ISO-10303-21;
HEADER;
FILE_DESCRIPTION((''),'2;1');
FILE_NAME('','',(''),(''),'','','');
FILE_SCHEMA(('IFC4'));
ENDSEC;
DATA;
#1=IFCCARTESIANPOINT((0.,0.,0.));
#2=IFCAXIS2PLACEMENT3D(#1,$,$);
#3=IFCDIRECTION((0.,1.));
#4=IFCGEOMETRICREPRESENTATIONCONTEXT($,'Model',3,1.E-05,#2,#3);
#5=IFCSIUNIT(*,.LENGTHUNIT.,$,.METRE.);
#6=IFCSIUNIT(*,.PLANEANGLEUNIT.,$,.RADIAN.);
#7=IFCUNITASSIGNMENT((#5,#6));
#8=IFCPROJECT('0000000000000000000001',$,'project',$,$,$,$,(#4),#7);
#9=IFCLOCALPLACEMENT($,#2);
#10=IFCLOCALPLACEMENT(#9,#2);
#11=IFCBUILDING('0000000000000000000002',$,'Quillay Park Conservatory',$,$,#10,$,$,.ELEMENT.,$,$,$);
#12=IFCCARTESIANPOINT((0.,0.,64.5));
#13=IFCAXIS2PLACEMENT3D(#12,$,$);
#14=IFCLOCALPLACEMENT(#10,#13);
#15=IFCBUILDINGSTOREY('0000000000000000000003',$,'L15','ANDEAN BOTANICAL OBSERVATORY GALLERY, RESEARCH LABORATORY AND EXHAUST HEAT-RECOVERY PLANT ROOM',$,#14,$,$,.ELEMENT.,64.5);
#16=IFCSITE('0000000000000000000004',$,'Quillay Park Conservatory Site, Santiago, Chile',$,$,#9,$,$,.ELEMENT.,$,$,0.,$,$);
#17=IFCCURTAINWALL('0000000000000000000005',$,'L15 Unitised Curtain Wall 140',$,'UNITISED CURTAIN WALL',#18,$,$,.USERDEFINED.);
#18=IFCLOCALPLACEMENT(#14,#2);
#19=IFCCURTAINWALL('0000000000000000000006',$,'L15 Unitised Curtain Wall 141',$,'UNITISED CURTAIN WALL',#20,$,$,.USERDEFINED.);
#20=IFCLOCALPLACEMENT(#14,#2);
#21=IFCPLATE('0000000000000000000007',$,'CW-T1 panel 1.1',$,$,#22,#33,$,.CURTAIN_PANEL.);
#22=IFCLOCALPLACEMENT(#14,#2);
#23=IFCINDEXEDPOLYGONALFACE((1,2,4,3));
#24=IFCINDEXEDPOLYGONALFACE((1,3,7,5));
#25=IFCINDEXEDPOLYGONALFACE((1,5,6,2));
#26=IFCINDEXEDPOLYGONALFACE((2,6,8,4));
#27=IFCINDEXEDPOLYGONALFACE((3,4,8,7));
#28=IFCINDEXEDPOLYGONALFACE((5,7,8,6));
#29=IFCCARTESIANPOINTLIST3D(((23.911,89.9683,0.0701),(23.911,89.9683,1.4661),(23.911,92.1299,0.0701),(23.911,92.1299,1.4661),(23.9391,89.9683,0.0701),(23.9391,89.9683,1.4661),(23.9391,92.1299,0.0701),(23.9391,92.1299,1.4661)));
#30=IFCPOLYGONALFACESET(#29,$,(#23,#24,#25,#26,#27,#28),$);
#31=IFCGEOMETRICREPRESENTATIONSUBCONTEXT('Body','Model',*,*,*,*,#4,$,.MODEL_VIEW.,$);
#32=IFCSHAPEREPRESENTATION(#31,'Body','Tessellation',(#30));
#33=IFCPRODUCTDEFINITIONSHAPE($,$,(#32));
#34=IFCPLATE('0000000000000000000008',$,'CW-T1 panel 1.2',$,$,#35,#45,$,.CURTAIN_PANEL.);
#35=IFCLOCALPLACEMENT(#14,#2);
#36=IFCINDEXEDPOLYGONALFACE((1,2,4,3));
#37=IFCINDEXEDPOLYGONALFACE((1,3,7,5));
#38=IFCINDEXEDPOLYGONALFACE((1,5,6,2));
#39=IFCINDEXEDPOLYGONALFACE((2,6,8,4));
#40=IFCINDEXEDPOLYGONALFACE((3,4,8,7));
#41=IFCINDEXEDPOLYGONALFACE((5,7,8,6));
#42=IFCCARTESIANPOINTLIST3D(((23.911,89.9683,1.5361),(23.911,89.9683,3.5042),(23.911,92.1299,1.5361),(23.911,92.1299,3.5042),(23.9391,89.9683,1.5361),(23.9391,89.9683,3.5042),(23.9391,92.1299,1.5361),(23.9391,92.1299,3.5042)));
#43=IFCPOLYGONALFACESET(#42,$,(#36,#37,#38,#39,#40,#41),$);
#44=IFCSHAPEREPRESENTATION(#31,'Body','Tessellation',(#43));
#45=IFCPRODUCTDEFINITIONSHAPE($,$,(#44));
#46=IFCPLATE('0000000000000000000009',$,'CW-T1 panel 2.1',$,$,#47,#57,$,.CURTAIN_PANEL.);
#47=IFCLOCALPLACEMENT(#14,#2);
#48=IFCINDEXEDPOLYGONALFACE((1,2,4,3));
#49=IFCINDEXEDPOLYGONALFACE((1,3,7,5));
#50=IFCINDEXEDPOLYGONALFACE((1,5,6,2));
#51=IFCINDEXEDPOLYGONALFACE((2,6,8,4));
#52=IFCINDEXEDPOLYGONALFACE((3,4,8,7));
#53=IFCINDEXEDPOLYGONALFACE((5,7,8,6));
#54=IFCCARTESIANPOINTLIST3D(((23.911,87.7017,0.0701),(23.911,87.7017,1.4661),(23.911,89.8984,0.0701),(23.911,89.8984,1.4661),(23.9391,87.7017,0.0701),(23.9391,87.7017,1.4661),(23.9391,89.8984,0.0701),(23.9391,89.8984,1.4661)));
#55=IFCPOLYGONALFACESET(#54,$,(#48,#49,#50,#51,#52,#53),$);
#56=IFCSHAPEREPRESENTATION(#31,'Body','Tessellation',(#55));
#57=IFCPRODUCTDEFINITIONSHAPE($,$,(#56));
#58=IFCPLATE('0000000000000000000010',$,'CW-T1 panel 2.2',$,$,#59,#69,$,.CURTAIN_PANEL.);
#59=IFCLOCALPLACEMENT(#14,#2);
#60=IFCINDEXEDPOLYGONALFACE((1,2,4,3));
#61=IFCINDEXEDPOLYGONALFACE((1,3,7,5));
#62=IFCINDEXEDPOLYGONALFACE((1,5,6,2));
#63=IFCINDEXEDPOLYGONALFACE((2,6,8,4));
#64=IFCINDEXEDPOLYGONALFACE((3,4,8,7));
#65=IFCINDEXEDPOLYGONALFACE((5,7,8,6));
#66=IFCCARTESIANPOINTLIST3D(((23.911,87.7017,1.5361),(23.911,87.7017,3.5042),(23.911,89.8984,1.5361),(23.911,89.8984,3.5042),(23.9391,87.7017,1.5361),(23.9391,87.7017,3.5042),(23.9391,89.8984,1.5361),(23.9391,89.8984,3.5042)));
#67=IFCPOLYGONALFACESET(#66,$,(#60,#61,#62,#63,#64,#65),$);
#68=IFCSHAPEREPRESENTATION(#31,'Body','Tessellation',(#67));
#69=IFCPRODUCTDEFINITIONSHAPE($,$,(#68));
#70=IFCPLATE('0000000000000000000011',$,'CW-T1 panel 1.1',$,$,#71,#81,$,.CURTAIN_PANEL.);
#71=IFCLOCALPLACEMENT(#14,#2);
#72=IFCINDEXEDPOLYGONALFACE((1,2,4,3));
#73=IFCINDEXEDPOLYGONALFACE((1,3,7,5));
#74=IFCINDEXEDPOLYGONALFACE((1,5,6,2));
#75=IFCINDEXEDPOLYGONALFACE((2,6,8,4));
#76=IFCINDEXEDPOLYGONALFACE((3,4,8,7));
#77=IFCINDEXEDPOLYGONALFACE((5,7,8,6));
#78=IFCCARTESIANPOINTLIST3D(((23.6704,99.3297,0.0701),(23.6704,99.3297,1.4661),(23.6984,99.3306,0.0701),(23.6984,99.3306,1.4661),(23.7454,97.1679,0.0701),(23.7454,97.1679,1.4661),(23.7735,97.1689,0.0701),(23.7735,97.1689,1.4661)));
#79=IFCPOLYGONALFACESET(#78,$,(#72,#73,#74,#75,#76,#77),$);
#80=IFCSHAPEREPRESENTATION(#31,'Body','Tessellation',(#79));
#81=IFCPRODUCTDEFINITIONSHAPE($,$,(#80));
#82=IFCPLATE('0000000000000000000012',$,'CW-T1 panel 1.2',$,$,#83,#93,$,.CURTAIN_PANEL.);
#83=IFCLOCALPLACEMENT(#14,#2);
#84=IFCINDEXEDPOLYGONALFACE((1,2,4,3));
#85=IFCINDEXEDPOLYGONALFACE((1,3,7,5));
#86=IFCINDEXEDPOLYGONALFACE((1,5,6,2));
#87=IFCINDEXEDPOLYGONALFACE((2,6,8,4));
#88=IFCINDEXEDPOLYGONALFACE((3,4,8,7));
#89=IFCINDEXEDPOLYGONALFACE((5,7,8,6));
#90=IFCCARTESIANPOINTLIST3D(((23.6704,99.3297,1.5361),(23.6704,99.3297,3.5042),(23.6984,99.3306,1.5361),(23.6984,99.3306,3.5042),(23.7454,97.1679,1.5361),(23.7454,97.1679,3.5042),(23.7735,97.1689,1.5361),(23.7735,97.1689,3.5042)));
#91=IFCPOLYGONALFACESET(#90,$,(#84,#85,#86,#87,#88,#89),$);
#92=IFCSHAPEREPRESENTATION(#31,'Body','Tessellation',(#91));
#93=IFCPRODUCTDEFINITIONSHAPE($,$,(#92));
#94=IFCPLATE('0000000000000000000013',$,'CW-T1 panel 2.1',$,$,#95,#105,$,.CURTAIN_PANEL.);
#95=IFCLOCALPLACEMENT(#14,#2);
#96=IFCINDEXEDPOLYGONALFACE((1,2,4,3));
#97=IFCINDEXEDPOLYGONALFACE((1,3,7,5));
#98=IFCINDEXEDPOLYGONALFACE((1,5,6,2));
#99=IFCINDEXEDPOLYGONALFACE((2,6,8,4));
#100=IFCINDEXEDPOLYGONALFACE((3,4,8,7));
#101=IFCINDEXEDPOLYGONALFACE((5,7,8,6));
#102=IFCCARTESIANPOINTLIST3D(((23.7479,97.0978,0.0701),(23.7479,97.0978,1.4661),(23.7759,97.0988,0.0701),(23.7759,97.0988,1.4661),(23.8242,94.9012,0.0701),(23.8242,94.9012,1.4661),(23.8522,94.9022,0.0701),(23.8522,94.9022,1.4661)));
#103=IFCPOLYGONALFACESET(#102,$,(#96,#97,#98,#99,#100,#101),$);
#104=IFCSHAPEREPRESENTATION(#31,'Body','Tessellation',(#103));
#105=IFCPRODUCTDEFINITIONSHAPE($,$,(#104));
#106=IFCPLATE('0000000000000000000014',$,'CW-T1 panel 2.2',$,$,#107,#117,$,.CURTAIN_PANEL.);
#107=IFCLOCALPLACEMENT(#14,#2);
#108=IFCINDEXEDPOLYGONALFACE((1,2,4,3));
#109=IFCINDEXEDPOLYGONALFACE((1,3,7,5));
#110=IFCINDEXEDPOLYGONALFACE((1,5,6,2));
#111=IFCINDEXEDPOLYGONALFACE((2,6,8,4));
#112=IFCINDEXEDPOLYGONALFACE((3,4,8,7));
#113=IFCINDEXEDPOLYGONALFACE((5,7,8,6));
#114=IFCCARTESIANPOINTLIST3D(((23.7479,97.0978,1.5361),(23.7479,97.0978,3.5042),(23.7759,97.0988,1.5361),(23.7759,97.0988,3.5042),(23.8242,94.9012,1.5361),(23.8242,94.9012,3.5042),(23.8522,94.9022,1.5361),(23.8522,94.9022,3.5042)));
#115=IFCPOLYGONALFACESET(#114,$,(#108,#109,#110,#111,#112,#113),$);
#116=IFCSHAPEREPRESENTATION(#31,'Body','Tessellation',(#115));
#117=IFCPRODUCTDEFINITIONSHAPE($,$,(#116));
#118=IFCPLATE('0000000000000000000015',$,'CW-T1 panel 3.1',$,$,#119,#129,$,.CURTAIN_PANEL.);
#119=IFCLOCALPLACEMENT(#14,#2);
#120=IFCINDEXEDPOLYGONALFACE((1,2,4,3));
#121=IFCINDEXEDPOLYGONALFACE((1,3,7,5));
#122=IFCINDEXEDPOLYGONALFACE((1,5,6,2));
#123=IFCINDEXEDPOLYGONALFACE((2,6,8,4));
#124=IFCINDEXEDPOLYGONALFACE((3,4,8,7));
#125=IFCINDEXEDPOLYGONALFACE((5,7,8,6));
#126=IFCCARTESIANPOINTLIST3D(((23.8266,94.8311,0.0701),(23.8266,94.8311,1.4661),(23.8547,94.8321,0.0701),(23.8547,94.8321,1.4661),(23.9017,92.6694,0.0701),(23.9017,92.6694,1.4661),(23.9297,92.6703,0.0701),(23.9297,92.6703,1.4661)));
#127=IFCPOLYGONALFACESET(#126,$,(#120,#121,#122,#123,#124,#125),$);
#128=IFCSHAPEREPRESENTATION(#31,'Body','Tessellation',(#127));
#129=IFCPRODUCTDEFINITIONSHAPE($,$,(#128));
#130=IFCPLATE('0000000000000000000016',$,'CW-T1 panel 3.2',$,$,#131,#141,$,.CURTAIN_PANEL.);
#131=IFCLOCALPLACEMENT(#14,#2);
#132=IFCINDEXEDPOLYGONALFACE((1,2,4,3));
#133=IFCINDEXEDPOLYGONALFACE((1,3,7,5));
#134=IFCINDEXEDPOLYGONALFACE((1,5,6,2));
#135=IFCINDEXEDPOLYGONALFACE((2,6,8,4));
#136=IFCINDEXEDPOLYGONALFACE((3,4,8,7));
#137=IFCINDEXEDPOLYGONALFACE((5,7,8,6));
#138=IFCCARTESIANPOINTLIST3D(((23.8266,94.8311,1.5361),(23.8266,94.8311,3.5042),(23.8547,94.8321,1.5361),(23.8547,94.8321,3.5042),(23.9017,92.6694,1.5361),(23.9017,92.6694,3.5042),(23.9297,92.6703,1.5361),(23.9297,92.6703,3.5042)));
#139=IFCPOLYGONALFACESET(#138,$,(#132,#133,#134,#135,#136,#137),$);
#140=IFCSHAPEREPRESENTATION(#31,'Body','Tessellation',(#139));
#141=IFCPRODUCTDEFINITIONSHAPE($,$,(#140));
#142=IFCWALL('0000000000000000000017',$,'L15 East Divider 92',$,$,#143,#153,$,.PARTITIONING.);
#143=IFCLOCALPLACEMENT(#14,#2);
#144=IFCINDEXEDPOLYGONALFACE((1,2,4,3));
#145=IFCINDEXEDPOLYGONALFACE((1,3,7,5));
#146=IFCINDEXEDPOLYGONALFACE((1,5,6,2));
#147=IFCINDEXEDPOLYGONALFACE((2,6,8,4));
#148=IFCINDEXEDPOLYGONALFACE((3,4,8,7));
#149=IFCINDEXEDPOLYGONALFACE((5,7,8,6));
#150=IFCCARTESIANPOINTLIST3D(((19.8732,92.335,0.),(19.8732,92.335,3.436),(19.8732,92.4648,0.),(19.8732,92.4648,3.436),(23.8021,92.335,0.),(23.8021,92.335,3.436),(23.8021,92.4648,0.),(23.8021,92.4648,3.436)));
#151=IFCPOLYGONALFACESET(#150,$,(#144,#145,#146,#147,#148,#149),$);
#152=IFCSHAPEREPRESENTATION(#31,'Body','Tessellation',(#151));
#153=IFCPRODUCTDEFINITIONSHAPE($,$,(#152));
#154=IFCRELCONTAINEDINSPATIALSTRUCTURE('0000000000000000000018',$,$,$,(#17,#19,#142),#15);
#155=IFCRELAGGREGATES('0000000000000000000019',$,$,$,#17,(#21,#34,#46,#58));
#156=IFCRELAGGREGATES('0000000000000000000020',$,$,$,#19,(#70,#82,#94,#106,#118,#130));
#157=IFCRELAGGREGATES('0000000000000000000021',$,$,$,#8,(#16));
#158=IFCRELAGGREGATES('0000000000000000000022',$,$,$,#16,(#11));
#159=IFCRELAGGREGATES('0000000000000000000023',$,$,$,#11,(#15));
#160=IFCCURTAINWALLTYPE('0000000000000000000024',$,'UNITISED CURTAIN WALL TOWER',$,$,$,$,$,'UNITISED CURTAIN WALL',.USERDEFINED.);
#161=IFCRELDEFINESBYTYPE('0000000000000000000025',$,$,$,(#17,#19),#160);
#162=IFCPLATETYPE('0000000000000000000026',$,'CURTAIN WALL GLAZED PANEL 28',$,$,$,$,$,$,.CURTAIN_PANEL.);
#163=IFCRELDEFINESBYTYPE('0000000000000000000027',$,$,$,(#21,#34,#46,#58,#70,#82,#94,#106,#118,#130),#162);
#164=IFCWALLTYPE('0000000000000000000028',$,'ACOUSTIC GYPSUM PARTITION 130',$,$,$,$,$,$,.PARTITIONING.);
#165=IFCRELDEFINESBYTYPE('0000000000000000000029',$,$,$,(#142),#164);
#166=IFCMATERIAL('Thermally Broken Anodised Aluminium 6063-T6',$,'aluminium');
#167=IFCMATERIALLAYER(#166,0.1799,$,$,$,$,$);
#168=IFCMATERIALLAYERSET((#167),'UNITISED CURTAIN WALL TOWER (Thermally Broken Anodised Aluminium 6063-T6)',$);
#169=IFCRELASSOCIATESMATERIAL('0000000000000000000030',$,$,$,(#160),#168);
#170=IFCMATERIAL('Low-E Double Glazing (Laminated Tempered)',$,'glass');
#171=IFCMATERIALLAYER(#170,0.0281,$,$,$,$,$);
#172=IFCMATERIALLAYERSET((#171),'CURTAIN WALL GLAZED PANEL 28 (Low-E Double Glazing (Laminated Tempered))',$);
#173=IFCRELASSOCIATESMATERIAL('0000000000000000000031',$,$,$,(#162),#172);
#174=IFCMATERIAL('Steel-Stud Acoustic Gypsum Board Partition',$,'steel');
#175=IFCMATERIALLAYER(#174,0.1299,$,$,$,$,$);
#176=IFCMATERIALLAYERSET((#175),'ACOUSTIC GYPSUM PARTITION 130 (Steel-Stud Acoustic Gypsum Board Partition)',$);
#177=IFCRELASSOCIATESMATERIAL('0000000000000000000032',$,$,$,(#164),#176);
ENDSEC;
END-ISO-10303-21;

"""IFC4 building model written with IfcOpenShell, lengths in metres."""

from ifc_helpers import new_model, si_unit, direction, frame, frame_2d, origin, origin_2d, place, context, subcontext, project, spatial, rectangle, extrude, material, layer, layer_set, type_object, element, aggregate, save


model = new_model("IFC4")

# Units and contexts
model_context = context("Model", 3, precision=1e-05, world=origin(), true_north=direction((0.0, 1.0)))
body_context = subcontext(model_context, "Body", "Model", "MODEL_VIEW")
ifc_project = project(units=[si_unit("LENGTHUNIT", "METRE"), si_unit("PLANEANGLEUNIT", "RADIAN")], contexts=[model_context])

# Site, building, storey
site_placement = place(None, origin())
site = spatial("IfcSite", under=ifc_project, at=site_placement, Name="Quillay Park Conservatory Site, Santiago, Chile", CompositionType="ELEMENT", RefElevation=0.0)
building_placement = place(site_placement, origin())
building = spatial("IfcBuilding", under=site, at=building_placement, Name="Quillay Park Conservatory", CompositionType="ELEMENT")
storey_placement = place(building_placement, frame((0.0, 0.0, 64.5)))
storey = spatial("IfcBuildingStorey", under=building, at=storey_placement, Name="L15", Description="ANDEAN BOTANICAL OBSERVATORY GALLERY, RESEARCH LABORATORY AND EXHAUST HEAT-RECOVERY PLANT ROOM", CompositionType="ELEMENT", Elevation=64.5)

# Curtain walls
ifc_material_1 = material(Name="Thermally Broken Anodised Aluminium 6063-T6", Category="aluminium")
ifc_layer_1 = layer(ifc_material_1, 0.1799)
ifc_layer_set_1 = layer_set([ifc_layer_1], Name="UNITISED CURTAIN WALL TOWER (Thermally Broken Anodised Aluminium 6063-T6)")
curtain_wall_type = type_object("IfcCurtainWallType", Name="UNITISED CURTAIN WALL TOWER", ElementType="UNITISED CURTAIN WALL", PredefinedType="USERDEFINED", material=ifc_layer_set_1)
curtain_wall_1_placement = place(storey_placement, origin())
curtain_wall_1 = element("IfcCurtainWall", 1, at=curtain_wall_1_placement, inside=storey, type_object=curtain_wall_type, Name="L15 Unitised Curtain Wall 140", ObjectType="UNITISED CURTAIN WALL", PredefinedType="USERDEFINED")
curtain_wall_2_placement = place(storey_placement, origin())
curtain_wall_2 = element("IfcCurtainWall", 2, at=curtain_wall_2_placement, inside=storey, type_object=curtain_wall_type, Name="L15 Unitised Curtain Wall 141", ObjectType="UNITISED CURTAIN WALL", PredefinedType="USERDEFINED")

# Plates
ifc_material_2 = material(Name="Low-E Double Glazing (Laminated Tempered)", Category="glass")
ifc_layer_2 = layer(ifc_material_2, 0.0281)
ifc_layer_set_2 = layer_set([ifc_layer_2], Name="CURTAIN WALL GLAZED PANEL 28 (Low-E Double Glazing (Laminated Tempered))")
plate_type = type_object("IfcPlateType", Name="CURTAIN WALL GLAZED PANEL 28", PredefinedType="CURTAIN_PANEL", material=ifc_layer_set_2)
plate_1_placement = place(storey_placement, frame((23.925, 91.0491, 0.0701), z_axis=(0.0, 0.0, 1.0), x_axis=(0.0, -1.0, 0.0)))
plate_1 = element("IfcPlate", 3, at=plate_1_placement, type_object=plate_type, Name="CW-T1 panel 1.1", PredefinedType="CURTAIN_PANEL", context=body_context, shape_type="SweptSolid", body=[
    extrude(rectangle(XDim=2.1616, YDim=0.0281, at=origin_2d()), origin(), (0.0, 0.0, 1.0), 1.396),
])
plate_2_placement = place(storey_placement, frame((23.925, 91.0491, 1.5361), z_axis=(0.0, 0.0, 1.0), x_axis=(0.0, -1.0, 0.0)))
plate_2 = element("IfcPlate", 4, at=plate_2_placement, type_object=plate_type, Name="CW-T1 panel 1.2", PredefinedType="CURTAIN_PANEL", context=body_context, shape_type="SweptSolid", body=[
    extrude(rectangle(XDim=2.1616, YDim=0.0281, at=origin_2d()), origin(), (0.0, 0.0, 1.0), 1.968),
])
plate_3_placement = place(storey_placement, frame((23.925, 88.8, 0.0701), z_axis=(0.0, 0.0, 1.0), x_axis=(0.0, -1.0, 0.0)))
plate_3 = element("IfcPlate", 5, at=plate_3_placement, type_object=plate_type, Name="CW-T1 panel 2.1", PredefinedType="CURTAIN_PANEL", context=body_context, shape_type="SweptSolid", body=[
    extrude(rectangle(XDim=2.1968, YDim=0.0281, at=origin_2d()), origin(), (0.0, 0.0, 1.0), 1.396),
])
plate_4_placement = place(storey_placement, frame((23.925, 88.8, 1.5361), z_axis=(0.0, 0.0, 1.0), x_axis=(0.0, -1.0, 0.0)))
plate_4 = element("IfcPlate", 6, at=plate_4_placement, type_object=plate_type, Name="CW-T1 panel 2.2", PredefinedType="CURTAIN_PANEL", context=body_context, shape_type="SweptSolid", body=[
    extrude(rectangle(XDim=2.1968, YDim=0.0281, at=origin_2d()), origin(), (0.0, 0.0, 1.0), 1.968),
])
aggregate(curtain_wall_1, [plate_1, plate_2, plate_3, plate_4])
plate_5_placement = place(storey_placement, frame((23.7219, 98.2493, 0.0701), z_axis=(0.0, 0.0, 1.0), x_axis=(0.034713, -0.999397, 0.0)))
plate_5 = element("IfcPlate", 7, at=plate_5_placement, type_object=plate_type, Name="CW-T1 panel 1.1", PredefinedType="CURTAIN_PANEL", context=body_context, shape_type="SweptSolid", body=[
    extrude(rectangle(XDim=2.1631, YDim=0.0281, at=origin_2d()), origin(), (0.0, 0.0, 1.0), 1.396),
])
plate_6_placement = place(storey_placement, frame((23.7219, 98.2493, 1.5361), z_axis=(0.0, 0.0, 1.0), x_axis=(0.034713, -0.999397, 0.0)))
plate_6 = element("IfcPlate", 8, at=plate_6_placement, type_object=plate_type, Name="CW-T1 panel 1.2", PredefinedType="CURTAIN_PANEL", context=body_context, shape_type="SweptSolid", body=[
    extrude(rectangle(XDim=2.1631, YDim=0.0281, at=origin_2d()), origin(), (0.0, 0.0, 1.0), 1.968),
])
plate_7_placement = place(storey_placement, frame((23.8, 96.0, 0.0701), z_axis=(0.0, 0.0, 1.0), x_axis=(0.034713, -0.999397, 0.0)))
plate_7 = element("IfcPlate", 9, at=plate_7_placement, type_object=plate_type, Name="CW-T1 panel 2.1", PredefinedType="CURTAIN_PANEL", context=body_context, shape_type="SweptSolid", body=[
    extrude(rectangle(XDim=2.198, YDim=0.0281, at=origin_2d()), origin(), (0.0, 0.0, 1.0), 1.396),
])
plate_8_placement = place(storey_placement, frame((23.8, 96.0, 1.5361), z_axis=(0.0, 0.0, 1.0), x_axis=(0.034713, -0.999397, 0.0)))
plate_8 = element("IfcPlate", 10, at=plate_8_placement, type_object=plate_type, Name="CW-T1 panel 2.2", PredefinedType="CURTAIN_PANEL", context=body_context, shape_type="SweptSolid", body=[
    extrude(rectangle(XDim=2.198, YDim=0.0281, at=origin_2d()), origin(), (0.0, 0.0, 1.0), 1.968),
])
plate_9_placement = place(storey_placement, frame((23.8782, 93.7507, 0.0701), z_axis=(0.0, 0.0, 1.0), x_axis=(0.034713, -0.999397, 0.0)))
plate_9 = element("IfcPlate", 11, at=plate_9_placement, type_object=plate_type, Name="CW-T1 panel 3.1", PredefinedType="CURTAIN_PANEL", context=body_context, shape_type="SweptSolid", body=[
    extrude(rectangle(XDim=2.1631, YDim=0.0281, at=origin_2d()), origin(), (0.0, 0.0, 1.0), 1.396),
])
plate_10_placement = place(storey_placement, frame((23.8782, 93.7507, 1.5361), z_axis=(0.0, 0.0, 1.0), x_axis=(0.034713, -0.999397, 0.0)))
plate_10 = element("IfcPlate", 12, at=plate_10_placement, type_object=plate_type, Name="CW-T1 panel 3.2", PredefinedType="CURTAIN_PANEL", context=body_context, shape_type="SweptSolid", body=[
    extrude(rectangle(XDim=2.1631, YDim=0.0281, at=origin_2d()), origin(), (0.0, 0.0, 1.0), 1.968),
])
aggregate(curtain_wall_2, [plate_5, plate_6, plate_7, plate_8, plate_9, plate_10])

# Wall
ifc_material_3 = material(Name="Steel-Stud Acoustic Gypsum Board Partition", Category="steel")
ifc_layer_3 = layer(ifc_material_3, 0.1299)
ifc_layer_set_3 = layer_set([ifc_layer_3], Name="ACOUSTIC GYPSUM PARTITION 130 (Steel-Stud Acoustic Gypsum Board Partition)")
wall_type = type_object("IfcWallType", Name="ACOUSTIC GYPSUM PARTITION 130", PredefinedType="PARTITIONING", material=ifc_layer_set_3)
wall_placement = place(storey_placement, frame((23.802, 92.3999, 0.0), z_axis=(0.0, 0.0, 1.0), x_axis=(-1.0, 0.0, 0.0)))
element("IfcWall", 13, at=wall_placement, inside=storey, type_object=wall_type, Name="L15 East Divider 92", PredefinedType="PARTITIONING", context=body_context, shape_type="SweptSolid", body=[
    extrude(rectangle(XDim=3.929, YDim=0.1299, at=frame_2d((1.9644, 0.0))), origin(), (0.0, 0.0, 1.0), 3.436),
])

save(model, "model.ifc")
